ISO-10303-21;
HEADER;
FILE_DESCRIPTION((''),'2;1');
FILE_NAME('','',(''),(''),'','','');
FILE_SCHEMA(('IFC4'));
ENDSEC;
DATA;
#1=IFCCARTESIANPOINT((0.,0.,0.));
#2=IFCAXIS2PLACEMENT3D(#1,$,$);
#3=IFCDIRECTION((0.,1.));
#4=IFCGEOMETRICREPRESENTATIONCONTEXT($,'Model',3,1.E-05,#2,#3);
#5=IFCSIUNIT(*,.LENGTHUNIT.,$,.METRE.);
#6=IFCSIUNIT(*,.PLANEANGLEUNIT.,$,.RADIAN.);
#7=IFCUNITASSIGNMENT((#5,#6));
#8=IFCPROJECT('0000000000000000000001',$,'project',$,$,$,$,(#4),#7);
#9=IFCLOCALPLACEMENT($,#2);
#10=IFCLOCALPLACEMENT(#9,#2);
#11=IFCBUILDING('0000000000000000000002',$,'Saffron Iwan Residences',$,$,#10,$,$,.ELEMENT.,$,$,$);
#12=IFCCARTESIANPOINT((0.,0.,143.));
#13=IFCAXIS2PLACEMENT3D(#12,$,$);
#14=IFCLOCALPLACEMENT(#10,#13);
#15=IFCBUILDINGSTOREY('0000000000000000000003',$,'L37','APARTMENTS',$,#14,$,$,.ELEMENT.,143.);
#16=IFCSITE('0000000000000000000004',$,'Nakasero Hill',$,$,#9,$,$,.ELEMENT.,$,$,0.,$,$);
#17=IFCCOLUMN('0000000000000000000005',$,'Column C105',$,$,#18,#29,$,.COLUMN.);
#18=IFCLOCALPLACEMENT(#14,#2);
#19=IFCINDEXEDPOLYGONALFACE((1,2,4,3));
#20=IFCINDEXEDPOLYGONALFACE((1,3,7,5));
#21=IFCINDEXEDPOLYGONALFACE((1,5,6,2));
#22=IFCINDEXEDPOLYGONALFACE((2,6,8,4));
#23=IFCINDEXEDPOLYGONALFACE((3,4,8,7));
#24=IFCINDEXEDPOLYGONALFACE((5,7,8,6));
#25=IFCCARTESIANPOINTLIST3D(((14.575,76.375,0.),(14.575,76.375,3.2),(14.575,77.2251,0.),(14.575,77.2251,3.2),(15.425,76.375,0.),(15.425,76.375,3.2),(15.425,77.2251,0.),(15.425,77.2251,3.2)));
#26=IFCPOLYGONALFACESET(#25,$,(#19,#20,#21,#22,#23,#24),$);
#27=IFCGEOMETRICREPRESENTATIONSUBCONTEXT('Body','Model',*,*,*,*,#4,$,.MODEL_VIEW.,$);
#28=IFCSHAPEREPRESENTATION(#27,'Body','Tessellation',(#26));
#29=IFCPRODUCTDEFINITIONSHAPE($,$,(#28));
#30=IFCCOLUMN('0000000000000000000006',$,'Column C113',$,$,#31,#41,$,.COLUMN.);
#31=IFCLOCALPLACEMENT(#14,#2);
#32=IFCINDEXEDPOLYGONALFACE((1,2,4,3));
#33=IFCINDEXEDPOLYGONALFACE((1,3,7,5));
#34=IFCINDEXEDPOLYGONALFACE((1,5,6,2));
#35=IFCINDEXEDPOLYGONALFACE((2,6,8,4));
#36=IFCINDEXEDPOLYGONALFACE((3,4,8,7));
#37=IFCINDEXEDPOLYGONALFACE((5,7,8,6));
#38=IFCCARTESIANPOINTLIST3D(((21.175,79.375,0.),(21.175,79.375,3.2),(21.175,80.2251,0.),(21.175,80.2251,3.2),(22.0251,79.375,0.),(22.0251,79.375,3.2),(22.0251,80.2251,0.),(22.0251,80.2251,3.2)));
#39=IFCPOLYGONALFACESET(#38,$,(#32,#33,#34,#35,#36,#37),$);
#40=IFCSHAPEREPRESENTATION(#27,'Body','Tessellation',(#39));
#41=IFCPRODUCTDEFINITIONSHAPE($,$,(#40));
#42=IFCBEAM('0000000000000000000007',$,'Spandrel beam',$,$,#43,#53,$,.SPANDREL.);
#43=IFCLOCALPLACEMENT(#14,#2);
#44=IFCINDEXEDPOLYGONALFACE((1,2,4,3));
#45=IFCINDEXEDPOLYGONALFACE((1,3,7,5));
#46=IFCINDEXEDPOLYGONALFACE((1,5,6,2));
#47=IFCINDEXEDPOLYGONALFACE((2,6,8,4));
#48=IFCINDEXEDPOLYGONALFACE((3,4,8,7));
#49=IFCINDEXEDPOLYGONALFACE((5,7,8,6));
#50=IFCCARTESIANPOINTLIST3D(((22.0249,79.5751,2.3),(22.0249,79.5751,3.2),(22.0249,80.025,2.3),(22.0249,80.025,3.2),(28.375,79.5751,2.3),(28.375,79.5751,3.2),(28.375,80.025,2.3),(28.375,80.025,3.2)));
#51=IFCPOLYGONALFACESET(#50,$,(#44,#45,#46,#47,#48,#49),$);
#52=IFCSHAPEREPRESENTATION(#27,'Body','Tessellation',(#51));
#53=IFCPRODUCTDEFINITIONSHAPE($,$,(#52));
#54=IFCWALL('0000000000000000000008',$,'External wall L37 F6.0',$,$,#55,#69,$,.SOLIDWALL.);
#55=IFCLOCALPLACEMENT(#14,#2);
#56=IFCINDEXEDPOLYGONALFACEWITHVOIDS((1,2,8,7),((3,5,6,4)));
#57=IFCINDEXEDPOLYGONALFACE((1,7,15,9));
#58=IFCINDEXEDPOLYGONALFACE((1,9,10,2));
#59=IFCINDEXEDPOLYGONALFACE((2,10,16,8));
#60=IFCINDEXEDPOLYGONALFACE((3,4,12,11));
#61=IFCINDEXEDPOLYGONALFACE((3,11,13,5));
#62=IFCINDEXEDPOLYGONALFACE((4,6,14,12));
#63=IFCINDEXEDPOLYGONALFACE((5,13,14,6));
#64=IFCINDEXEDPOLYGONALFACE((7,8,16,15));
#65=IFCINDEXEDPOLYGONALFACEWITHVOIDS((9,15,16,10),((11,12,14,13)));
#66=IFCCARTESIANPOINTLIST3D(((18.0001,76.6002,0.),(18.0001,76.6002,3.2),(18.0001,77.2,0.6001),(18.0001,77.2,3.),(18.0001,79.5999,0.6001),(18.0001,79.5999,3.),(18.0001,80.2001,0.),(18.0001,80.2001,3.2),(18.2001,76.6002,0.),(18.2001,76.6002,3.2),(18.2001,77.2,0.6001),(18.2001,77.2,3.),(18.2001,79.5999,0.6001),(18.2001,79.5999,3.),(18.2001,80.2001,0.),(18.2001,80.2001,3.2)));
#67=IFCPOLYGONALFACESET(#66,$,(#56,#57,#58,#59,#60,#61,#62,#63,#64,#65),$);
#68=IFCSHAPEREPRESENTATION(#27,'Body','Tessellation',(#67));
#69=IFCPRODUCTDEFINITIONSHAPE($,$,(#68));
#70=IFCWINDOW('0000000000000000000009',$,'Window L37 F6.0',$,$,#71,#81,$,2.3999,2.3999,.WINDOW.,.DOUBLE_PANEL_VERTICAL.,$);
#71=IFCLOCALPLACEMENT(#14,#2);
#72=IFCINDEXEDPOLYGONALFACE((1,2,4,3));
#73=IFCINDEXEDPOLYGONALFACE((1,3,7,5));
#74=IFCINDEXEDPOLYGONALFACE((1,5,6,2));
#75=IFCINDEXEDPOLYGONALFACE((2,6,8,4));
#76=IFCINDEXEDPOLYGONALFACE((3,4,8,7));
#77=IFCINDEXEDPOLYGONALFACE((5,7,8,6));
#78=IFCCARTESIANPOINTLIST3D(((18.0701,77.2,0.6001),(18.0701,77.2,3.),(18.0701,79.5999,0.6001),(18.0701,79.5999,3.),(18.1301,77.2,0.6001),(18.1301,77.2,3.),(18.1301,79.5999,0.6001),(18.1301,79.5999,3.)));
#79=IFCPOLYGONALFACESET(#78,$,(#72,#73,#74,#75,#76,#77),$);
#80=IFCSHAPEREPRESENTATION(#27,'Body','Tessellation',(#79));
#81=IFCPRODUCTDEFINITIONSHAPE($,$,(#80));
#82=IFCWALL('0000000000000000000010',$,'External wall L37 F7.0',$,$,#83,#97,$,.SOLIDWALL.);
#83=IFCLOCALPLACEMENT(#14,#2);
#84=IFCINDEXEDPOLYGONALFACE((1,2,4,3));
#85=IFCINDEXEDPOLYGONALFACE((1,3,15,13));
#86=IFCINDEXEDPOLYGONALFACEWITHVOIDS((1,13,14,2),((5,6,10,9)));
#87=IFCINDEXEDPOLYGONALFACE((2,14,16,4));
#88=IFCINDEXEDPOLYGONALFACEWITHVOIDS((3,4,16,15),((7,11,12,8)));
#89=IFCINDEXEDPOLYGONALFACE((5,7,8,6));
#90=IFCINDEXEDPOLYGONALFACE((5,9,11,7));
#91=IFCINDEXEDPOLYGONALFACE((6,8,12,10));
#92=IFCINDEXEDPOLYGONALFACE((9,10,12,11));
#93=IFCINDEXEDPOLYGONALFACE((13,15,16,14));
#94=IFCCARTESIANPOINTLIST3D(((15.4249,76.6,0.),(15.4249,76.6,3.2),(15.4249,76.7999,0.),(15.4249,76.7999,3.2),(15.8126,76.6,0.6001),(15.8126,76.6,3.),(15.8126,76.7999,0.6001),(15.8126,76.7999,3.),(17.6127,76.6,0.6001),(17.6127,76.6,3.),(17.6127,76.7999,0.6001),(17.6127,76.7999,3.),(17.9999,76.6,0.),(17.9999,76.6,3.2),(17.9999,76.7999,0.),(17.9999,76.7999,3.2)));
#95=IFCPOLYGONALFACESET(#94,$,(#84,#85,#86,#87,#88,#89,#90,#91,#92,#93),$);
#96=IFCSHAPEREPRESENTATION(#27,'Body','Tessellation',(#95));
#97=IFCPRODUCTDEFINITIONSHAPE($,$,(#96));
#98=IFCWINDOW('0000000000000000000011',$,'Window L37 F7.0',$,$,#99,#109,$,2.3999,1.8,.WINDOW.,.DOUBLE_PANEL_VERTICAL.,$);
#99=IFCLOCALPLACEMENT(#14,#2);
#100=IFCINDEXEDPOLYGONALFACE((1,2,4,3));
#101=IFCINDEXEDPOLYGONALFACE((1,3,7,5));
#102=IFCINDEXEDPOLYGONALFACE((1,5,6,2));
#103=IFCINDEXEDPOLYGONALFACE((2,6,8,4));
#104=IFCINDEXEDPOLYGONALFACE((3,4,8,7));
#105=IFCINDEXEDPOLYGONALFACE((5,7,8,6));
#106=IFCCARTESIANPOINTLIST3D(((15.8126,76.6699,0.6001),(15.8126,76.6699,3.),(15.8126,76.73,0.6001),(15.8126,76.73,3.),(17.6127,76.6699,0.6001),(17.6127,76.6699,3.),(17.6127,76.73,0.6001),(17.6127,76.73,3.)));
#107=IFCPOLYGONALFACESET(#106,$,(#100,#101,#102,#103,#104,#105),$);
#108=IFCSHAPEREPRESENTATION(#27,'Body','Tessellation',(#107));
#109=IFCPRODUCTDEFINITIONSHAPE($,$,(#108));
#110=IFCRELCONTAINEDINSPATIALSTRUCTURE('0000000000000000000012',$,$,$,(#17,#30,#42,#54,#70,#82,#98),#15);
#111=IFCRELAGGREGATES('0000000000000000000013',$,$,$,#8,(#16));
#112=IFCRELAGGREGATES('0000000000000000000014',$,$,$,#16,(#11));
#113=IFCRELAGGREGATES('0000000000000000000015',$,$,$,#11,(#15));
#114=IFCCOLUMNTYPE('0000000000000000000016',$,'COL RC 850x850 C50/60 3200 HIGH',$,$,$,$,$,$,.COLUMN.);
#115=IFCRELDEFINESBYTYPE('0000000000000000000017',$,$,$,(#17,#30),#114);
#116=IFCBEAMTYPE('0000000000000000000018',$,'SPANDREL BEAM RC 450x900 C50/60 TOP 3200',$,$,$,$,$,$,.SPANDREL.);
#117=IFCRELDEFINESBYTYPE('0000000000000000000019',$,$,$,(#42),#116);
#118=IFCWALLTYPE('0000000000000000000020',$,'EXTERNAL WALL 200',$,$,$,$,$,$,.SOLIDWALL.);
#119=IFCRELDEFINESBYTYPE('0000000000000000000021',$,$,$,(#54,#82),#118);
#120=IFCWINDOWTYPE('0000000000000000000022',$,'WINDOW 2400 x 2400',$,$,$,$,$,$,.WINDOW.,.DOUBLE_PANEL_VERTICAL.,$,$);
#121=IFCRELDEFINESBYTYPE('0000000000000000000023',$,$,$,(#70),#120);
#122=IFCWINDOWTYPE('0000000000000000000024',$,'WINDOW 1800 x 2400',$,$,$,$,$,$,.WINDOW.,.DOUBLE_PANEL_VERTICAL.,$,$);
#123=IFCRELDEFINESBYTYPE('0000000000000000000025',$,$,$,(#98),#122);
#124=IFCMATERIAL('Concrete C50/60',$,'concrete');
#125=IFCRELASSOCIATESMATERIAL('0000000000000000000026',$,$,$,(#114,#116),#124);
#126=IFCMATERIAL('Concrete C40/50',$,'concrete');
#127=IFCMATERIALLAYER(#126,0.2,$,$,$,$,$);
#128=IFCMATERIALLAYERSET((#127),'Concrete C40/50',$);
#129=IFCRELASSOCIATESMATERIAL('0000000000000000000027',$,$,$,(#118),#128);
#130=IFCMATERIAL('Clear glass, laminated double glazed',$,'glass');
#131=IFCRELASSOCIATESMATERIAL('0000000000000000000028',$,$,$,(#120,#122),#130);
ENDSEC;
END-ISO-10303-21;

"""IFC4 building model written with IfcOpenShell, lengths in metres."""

from ifc_helpers import new_model, si_unit, direction, frame, frame_2d, origin, origin_2d, place, context, subcontext, project, spatial, rectangle, extrude, source, transform, mapped, material, layer, layer_set, material_profile, profile_set, type_object, element, fill, save


model = new_model("IFC4")

# Units and contexts
model_context = context("Model", 3, precision=1e-05, world=origin(), true_north=direction((0.0, 1.0)))
body_context = subcontext(model_context, "Body", "Model", "MODEL_VIEW")
ifc_project = project(units=[si_unit("LENGTHUNIT", "METRE"), si_unit("PLANEANGLEUNIT", "RADIAN")], contexts=[model_context])

# Site, building, storey
site_placement = place(None, origin())
site = spatial("IfcSite", under=ifc_project, at=site_placement, Name="Nakasero Hill", CompositionType="ELEMENT", RefElevation=0.0)
building_placement = place(site_placement, origin())
building = spatial("IfcBuilding", under=site, at=building_placement, Name="Saffron Iwan Residences", CompositionType="ELEMENT")
storey_placement = place(building_placement, frame((0.0, 0.0, 143.0)))
storey = spatial("IfcBuildingStorey", under=building, at=storey_placement, Name="L37", Description="APARTMENTS", CompositionType="ELEMENT", Elevation=143.0)

# Columns
ifc_material_1 = material(Name="Concrete C50/60", Category="concrete")
ifc_material_profile_1 = material_profile(ifc_material_1, rectangle(XDim=0.8501, YDim=0.8501, at=origin_2d()), Name="RC 850x850")
ifc_profile_set_1 = profile_set([ifc_material_profile_1], Name="Concrete C50/60")
column_type = type_object("IfcColumnType", Name="COL RC 850x850 C50/60 3200 HIGH", PredefinedType="COLUMN", material=ifc_profile_set_1)
shared_shape_1 = source(origin(), body_context, "Body", "SweptSolid", [
    extrude(rectangle(XDim=0.8501, YDim=0.8501, at=origin_2d()), origin(), (0.0, 0.0, 1.0), 3.2),
])
for number, where, z_axis, x_axis, name in (
    (1, (15.0, 76.8, 0.0), (0.0, 0.0, 1.0), (1.0, 0.0, 0.0), "Column C105"),
    (2, (21.6001, 79.8, 0.0), (0.0, 0.0, 1.0), (1.0, 0.0, 0.0), "Column C113"),
):
    element("IfcColumn", number, at=place(storey_placement, frame(where, z_axis=z_axis, x_axis=x_axis)), inside=storey, type_object=column_type, Name=name, PredefinedType="COLUMN", context=body_context, shape_type="MappedRepresentation", body=[
        mapped(shared_shape_1, transform((0.0, 0.0, 0.0))),
    ])

# Beam
ifc_material_profile_2 = material_profile(ifc_material_1, rectangle(XDim=0.45, YDim=0.8999, at=origin_2d()), Name="RC 450x900")
ifc_profile_set_2 = profile_set([ifc_material_profile_2], Name="Concrete C50/60")
beam_type = type_object("IfcBeamType", Name="SPANDREL BEAM RC 450x900 C50/60 TOP 3200", PredefinedType="SPANDREL", material=ifc_profile_set_2)
shared_shape_2 = source(origin(), body_context, "Body", "SweptSolid", [
    extrude(rectangle(XDim=0.45, YDim=0.8999, at=origin_2d()), origin(), (0.0, 0.0, 1.0), 6.3501),
])
beam_placement = place(storey_placement, frame((22.0249, 79.8, 2.75), z_axis=(1.0, 0.0, 0.0), x_axis=(0.0, 1.0, 0.0)))
element("IfcBeam", 3, at=beam_placement, inside=storey, type_object=beam_type, Name="Spandrel beam", PredefinedType="SPANDREL", context=body_context, shape_type="MappedRepresentation", body=[
    mapped(shared_shape_2, transform((0.0, 0.0, 0.0))),
])

# Walls, openings, windows
ifc_material_2 = material(Name="Concrete C40/50", Category="concrete")
ifc_layer_1 = layer(ifc_material_2, 0.2)
ifc_layer_set_1 = layer_set([ifc_layer_1], Name="Concrete C40/50")
wall_type_1 = type_object("IfcWallType", Name="EXTERNAL WALL 200", PredefinedType="SOLIDWALL", material=ifc_layer_set_1)
wall_1_placement = place(storey_placement, frame((18.1001, 80.2, 0.0), z_axis=(0.0, 0.0, 1.0), x_axis=(0.0, -1.0, 0.0)))
wall_1 = element("IfcWall", 4, at=wall_1_placement, inside=storey, type_object=wall_type_1, Name="External wall L37 F6.0", PredefinedType="SOLIDWALL", context=body_context, shape_type="SweptSolid", body=[
    extrude(rectangle(XDim=3.5999, YDim=0.2, at=frame_2d((1.7998, 0.0))), origin(), (0.0, 0.0, 1.0), 3.2),
])
opening_1_placement = place(wall_1_placement, frame((0.6001, 0.0, 0.6001)))
opening_1 = element("IfcOpeningElement", 5, at=opening_1_placement, cuts=wall_1, PredefinedType="OPENING", context=body_context, shape_type="SweptSolid", body=[
    extrude(rectangle(XDim=2.3999, YDim=2.3999, at=frame_2d((1.2, 1.2))), frame((0.0, 0.1099, 0.0), z_axis=(0.0, -1.0, 0.0), x_axis=(1.0, 0.0, 0.0)), (0.0, 0.0, 1.0), 0.22),
])
ifc_material_3 = material(Name="Clear glass, laminated double glazed", Category="glass")
window_type_1 = type_object("IfcWindowType", Name="WINDOW 2400 x 2400", PartitioningType="DOUBLE_PANEL_VERTICAL", PredefinedType="WINDOW", material=ifc_material_3)
window_1_placement = place(opening_1_placement, origin())
window_1 = element("IfcWindow", 6, at=window_1_placement, inside=storey, type_object=window_type_1, Name="Window L37 F6.0", OverallHeight=2.3999, OverallWidth=2.3999, PartitioningType="DOUBLE_PANEL_VERTICAL", PredefinedType="WINDOW", context=body_context, shape_type="SweptSolid", body=[
    extrude(rectangle(XDim=2.3999, YDim=2.3999, at=frame_2d((1.2, 1.2))), frame((0.0, 0.03, 0.0), z_axis=(0.0, -1.0, 0.0), x_axis=(1.0, 0.0, 0.0)), (0.0, 0.0, 1.0), 0.0601),
])
fill(opening_1, window_1)
wall_2_placement = place(storey_placement, frame((18.0, 76.7, 0.0), z_axis=(0.0, 0.0, 1.0), x_axis=(-1.0, 0.0, 0.0)))
wall_2 = element("IfcWall", 7, at=wall_2_placement, inside=storey, type_object=wall_type_1, Name="External wall L37 F7.0", PredefinedType="SOLIDWALL", context=body_context, shape_type="SweptSolid", body=[
    extrude(rectangle(XDim=2.575, YDim=0.2, at=frame_2d((1.2876, 0.0))), origin(), (0.0, 0.0, 1.0), 3.2),
])
opening_2_placement = place(wall_2_placement, frame((0.3875, 0.0, 0.6001)))
opening_2 = element("IfcOpeningElement", 8, at=opening_2_placement, cuts=wall_2, PredefinedType="OPENING", context=body_context, shape_type="SweptSolid", body=[
    extrude(rectangle(XDim=1.8, YDim=2.3999, at=frame_2d((0.8999, 1.2))), frame((0.0, 0.1099, 0.0), z_axis=(0.0, -1.0, 0.0), x_axis=(1.0, 0.0, 0.0)), (0.0, 0.0, 1.0), 0.22),
])
window_type_2 = type_object("IfcWindowType", Name="WINDOW 1800 x 2400", PartitioningType="DOUBLE_PANEL_VERTICAL", PredefinedType="WINDOW", material=ifc_material_3)
window_2_placement = place(opening_2_placement, origin())
window_2 = element("IfcWindow", 9, at=window_2_placement, inside=storey, type_object=window_type_2, Name="Window L37 F7.0", OverallHeight=2.3999, OverallWidth=1.8, PartitioningType="DOUBLE_PANEL_VERTICAL", PredefinedType="WINDOW", context=body_context, shape_type="SweptSolid", body=[
    extrude(rectangle(XDim=1.8, YDim=2.3999, at=frame_2d((0.8999, 1.2))), frame((0.0, 0.03, 0.0), z_axis=(0.0, -1.0, 0.0), x_axis=(1.0, 0.0, 0.0)), (0.0, 0.0, 1.0), 0.0601),
])
fill(opening_2, window_2)

save(model, "model.ifc")
